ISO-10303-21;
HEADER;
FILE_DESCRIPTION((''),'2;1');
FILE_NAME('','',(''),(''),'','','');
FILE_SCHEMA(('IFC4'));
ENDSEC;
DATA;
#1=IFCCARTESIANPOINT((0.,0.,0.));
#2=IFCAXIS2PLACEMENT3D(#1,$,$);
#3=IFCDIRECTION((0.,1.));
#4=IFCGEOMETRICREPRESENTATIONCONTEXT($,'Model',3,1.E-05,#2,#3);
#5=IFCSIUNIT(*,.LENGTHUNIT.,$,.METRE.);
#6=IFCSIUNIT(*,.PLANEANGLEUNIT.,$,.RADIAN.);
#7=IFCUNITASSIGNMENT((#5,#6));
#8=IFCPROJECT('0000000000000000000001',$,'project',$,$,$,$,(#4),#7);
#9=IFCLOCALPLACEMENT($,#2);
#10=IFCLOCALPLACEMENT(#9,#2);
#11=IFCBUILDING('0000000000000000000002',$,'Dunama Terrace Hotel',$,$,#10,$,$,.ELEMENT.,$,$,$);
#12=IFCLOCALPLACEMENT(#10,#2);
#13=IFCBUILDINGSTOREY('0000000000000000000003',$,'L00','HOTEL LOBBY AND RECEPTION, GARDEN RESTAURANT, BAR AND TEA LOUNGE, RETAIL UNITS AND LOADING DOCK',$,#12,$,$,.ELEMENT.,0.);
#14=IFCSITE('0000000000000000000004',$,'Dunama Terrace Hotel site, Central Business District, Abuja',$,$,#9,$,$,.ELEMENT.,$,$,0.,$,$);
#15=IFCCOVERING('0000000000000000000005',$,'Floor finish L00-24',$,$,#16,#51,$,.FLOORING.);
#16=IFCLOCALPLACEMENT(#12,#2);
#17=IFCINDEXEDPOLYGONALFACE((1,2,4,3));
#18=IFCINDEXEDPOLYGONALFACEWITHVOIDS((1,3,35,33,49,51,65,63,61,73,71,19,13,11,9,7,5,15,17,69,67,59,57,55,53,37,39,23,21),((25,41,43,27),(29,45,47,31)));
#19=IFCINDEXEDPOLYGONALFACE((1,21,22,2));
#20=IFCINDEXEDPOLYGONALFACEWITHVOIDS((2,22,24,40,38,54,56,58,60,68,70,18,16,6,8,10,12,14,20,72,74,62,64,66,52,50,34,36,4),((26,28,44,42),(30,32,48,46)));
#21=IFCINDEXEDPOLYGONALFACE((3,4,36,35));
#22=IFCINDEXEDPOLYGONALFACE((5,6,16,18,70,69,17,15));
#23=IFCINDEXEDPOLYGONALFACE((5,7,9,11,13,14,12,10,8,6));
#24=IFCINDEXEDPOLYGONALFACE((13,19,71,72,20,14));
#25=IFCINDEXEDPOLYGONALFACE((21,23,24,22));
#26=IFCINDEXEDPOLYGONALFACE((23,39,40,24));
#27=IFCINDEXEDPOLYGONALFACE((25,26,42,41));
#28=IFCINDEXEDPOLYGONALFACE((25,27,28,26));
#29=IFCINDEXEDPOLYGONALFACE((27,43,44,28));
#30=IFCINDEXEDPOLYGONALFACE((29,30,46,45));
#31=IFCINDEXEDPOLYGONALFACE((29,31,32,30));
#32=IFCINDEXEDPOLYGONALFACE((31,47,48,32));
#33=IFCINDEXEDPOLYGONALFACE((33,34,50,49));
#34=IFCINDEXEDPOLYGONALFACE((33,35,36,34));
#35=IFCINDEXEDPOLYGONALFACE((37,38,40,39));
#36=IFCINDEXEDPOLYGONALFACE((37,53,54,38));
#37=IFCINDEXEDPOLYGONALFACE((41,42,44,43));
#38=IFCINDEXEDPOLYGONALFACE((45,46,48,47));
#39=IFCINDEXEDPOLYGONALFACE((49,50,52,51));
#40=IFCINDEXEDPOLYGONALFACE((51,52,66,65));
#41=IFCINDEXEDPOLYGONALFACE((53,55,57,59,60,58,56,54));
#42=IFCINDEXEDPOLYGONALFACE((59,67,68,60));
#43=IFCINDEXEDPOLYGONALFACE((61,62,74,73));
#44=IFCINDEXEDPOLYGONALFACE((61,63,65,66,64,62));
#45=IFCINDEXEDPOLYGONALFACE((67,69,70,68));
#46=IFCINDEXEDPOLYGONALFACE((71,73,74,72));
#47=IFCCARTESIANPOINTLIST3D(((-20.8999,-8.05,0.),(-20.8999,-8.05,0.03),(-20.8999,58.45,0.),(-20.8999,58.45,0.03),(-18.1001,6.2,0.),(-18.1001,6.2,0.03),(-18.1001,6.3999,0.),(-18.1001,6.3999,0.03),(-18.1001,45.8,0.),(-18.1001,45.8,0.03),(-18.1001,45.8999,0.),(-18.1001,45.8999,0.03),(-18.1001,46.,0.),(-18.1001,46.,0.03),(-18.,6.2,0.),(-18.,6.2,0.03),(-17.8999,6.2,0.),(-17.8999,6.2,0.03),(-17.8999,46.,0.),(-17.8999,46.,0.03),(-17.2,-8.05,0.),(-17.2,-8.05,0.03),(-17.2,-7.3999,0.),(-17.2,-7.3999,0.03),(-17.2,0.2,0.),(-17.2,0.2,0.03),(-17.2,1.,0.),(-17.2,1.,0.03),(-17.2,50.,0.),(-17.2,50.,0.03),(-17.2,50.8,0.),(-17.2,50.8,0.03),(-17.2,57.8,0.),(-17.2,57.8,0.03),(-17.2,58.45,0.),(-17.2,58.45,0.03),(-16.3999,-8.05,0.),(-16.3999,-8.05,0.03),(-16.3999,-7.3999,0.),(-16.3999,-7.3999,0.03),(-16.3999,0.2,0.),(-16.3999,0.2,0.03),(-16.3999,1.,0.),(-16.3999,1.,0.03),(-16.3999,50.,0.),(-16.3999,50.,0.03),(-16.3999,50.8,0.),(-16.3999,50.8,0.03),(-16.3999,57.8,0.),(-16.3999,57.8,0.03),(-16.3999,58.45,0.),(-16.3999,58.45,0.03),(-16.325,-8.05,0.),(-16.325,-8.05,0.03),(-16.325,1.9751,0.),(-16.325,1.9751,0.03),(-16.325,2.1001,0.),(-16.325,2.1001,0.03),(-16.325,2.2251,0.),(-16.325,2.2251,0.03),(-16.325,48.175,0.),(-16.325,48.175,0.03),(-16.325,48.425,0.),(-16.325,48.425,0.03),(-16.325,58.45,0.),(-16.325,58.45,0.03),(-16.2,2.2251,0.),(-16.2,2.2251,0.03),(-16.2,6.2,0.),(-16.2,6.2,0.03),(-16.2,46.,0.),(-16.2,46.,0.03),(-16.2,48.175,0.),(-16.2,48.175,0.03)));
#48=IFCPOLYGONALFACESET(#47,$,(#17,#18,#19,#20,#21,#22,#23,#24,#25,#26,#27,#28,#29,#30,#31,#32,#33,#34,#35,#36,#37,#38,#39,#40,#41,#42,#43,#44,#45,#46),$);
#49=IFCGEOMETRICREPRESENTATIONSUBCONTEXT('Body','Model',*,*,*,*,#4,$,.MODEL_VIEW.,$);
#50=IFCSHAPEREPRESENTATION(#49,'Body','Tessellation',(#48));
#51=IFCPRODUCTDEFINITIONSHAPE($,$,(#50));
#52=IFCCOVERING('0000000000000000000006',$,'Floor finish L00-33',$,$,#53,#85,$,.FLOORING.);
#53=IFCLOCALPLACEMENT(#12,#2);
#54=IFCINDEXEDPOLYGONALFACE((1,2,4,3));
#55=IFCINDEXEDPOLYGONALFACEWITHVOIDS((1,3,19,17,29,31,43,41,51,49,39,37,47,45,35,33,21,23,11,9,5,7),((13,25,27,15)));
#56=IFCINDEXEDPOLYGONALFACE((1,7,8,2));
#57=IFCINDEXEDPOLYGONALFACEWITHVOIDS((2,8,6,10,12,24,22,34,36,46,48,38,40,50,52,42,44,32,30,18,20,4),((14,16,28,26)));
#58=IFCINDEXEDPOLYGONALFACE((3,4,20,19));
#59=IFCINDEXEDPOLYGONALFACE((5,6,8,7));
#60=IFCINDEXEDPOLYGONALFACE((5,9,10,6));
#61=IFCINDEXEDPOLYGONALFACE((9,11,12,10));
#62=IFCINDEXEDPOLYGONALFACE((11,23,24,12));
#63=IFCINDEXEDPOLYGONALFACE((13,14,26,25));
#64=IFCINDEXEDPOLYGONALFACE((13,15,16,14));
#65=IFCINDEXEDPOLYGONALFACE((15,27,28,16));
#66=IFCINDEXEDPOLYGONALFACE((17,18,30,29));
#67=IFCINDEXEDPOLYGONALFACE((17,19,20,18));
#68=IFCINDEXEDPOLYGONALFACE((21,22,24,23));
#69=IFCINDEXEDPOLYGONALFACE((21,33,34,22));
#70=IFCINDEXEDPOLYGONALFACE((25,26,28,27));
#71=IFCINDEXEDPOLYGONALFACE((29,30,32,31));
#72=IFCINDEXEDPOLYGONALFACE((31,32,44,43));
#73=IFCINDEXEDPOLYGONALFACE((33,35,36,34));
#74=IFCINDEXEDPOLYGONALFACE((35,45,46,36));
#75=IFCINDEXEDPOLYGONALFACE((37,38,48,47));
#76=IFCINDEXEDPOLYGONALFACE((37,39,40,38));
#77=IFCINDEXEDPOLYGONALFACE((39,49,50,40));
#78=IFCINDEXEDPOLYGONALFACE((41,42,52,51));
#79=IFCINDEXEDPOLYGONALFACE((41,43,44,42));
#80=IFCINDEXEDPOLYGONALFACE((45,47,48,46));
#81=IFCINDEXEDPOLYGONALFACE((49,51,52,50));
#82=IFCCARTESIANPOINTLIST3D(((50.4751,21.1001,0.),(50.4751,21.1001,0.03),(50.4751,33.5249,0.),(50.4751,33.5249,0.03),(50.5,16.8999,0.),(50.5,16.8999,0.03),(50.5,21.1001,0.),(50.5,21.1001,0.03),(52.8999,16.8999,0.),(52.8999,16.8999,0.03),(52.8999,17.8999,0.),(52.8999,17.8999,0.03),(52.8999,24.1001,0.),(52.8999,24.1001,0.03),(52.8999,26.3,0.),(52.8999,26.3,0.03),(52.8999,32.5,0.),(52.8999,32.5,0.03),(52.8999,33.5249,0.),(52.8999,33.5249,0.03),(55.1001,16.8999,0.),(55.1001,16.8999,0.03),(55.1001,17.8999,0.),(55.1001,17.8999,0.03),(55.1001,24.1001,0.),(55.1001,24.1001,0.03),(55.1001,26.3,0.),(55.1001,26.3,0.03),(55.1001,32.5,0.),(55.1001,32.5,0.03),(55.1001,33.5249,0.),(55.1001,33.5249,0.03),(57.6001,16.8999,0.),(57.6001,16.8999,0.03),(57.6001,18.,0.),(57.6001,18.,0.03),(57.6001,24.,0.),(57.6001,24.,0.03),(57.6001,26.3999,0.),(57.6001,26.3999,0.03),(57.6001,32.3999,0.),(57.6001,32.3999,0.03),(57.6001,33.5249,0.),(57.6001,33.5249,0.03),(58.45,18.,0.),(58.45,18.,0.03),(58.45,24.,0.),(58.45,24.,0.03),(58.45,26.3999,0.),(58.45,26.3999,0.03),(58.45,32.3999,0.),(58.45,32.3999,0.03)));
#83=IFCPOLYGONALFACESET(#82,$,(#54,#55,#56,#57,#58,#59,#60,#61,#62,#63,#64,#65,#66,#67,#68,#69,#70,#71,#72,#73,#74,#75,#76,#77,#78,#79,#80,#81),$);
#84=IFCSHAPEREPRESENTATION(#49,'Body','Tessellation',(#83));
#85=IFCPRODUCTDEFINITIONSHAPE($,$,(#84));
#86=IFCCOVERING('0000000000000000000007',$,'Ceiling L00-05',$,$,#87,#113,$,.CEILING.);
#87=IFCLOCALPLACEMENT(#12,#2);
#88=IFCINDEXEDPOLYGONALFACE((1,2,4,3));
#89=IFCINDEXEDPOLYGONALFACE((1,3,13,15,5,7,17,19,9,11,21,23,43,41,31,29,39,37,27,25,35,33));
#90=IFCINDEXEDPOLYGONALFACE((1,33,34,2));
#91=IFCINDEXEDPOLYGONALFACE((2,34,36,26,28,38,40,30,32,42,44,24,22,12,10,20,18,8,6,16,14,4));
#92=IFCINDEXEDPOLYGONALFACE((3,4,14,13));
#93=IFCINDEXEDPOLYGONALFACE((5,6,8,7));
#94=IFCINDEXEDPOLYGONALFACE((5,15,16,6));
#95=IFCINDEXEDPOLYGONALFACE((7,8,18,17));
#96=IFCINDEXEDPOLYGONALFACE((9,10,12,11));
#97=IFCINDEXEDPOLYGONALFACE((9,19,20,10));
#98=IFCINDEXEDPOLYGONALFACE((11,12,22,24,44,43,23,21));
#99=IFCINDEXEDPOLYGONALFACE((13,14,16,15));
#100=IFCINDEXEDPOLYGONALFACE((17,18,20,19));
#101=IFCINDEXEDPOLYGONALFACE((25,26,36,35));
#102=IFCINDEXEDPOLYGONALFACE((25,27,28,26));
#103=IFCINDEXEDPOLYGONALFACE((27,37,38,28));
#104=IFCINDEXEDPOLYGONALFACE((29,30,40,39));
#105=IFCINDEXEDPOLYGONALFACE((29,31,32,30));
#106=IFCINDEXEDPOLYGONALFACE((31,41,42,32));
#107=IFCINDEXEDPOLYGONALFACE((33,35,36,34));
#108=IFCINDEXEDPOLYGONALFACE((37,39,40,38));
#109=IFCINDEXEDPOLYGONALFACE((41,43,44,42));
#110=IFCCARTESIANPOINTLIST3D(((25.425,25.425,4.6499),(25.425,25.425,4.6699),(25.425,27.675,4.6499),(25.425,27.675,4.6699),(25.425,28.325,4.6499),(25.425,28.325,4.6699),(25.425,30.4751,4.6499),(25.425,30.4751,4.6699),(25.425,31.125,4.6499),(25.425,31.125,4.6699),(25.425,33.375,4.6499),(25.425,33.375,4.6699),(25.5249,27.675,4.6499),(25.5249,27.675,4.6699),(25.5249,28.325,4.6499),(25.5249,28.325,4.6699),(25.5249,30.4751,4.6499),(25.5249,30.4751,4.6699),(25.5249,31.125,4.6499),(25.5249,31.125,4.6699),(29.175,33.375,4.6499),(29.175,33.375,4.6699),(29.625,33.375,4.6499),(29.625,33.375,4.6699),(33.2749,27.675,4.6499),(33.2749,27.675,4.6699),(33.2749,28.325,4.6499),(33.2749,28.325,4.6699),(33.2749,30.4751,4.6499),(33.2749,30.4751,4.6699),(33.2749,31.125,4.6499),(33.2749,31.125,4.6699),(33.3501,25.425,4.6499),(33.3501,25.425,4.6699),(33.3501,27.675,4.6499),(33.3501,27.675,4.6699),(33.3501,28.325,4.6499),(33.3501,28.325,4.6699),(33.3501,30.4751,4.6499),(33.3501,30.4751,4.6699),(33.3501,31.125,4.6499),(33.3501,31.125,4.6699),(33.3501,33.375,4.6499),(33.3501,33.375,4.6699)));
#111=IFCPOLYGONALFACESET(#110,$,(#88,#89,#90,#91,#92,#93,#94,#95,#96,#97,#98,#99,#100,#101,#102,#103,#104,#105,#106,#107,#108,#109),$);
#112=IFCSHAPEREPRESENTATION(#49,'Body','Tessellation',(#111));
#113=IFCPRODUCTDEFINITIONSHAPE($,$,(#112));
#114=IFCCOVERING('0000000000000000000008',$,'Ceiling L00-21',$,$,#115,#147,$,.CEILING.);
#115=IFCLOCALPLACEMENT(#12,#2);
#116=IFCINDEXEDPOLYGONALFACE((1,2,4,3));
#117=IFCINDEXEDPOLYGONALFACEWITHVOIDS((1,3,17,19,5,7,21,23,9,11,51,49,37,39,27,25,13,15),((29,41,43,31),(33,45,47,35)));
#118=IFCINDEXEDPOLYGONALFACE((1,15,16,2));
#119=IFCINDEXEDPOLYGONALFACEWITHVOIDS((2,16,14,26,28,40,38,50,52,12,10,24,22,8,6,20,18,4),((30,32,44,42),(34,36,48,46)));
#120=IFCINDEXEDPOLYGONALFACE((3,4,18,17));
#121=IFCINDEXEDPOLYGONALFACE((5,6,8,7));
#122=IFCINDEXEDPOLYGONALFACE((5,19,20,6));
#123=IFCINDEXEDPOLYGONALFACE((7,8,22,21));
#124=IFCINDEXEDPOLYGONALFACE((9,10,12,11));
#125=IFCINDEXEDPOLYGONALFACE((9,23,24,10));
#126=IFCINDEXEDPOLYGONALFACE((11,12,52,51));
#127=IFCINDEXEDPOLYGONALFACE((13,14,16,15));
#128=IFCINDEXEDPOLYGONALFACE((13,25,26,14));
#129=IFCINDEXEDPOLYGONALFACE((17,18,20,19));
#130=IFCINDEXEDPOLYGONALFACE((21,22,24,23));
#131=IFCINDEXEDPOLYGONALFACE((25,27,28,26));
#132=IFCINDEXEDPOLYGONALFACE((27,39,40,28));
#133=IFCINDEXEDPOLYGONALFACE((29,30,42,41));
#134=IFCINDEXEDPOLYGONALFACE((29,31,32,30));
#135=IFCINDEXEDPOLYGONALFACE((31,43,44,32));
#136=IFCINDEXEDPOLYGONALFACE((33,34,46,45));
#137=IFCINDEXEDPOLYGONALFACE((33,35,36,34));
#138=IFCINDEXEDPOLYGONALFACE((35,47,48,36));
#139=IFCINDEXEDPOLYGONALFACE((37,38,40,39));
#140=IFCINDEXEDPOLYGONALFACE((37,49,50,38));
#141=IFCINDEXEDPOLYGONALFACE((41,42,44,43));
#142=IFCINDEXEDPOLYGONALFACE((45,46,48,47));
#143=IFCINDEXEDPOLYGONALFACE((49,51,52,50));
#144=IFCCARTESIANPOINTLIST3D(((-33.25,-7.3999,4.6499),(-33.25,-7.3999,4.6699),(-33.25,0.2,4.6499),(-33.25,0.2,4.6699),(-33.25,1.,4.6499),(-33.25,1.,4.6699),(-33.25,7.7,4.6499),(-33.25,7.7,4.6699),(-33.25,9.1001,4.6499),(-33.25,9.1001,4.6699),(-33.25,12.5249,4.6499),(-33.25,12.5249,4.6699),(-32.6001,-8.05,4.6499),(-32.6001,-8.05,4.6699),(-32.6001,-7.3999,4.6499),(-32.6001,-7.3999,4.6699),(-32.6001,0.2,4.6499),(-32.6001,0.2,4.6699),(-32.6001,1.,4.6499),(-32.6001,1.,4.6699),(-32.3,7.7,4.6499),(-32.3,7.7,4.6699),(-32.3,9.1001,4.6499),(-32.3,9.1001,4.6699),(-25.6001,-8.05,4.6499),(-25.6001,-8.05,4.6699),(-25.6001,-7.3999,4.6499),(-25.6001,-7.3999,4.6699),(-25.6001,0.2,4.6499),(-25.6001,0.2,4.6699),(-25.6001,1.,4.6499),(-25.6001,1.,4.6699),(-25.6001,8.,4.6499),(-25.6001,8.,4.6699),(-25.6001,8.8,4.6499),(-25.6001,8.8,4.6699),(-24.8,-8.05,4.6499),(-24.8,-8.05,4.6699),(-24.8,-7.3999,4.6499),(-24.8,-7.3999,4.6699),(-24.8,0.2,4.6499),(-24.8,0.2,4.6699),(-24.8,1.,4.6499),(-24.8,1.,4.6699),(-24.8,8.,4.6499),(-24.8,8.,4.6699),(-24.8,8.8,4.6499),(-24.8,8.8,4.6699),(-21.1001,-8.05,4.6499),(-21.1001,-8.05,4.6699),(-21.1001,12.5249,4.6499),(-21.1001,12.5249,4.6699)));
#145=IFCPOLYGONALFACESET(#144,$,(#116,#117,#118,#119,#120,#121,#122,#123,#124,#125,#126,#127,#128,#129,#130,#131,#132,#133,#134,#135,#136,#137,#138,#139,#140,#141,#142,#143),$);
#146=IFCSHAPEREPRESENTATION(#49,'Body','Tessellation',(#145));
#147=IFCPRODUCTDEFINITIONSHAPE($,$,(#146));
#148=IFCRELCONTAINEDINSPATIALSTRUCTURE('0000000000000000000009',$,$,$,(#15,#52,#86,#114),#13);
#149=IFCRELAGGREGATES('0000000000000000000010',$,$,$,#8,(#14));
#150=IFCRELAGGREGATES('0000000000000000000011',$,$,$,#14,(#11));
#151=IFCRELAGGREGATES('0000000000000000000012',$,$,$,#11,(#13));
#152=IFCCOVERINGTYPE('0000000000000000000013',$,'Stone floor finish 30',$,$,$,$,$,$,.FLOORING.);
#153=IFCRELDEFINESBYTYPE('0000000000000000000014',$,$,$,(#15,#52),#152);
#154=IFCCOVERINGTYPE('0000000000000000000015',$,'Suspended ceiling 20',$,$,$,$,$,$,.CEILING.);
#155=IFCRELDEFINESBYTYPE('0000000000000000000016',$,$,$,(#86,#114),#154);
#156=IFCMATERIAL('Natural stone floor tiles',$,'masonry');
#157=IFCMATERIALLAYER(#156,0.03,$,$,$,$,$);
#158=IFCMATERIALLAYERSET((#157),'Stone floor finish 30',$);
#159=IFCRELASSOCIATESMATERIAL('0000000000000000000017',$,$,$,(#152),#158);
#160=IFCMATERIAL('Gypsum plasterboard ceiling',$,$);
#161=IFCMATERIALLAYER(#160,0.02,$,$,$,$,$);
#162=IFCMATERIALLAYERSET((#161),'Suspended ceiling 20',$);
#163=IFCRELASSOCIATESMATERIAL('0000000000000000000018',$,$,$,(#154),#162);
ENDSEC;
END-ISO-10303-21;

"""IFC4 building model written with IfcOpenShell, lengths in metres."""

from ifc_helpers import new_model, si_unit, direction, frame, origin, place, context, subcontext, project, spatial, polyline, outline, extrude, material, layer, layer_set, type_object, element, save


model = new_model("IFC4")

# Units and contexts
model_context = context("Model", 3, precision=1e-05, world=origin(), true_north=direction((0.0, 1.0)))
body_context = subcontext(model_context, "Body", "Model", "MODEL_VIEW")
ifc_project = project(units=[si_unit("LENGTHUNIT", "METRE"), si_unit("PLANEANGLEUNIT", "RADIAN")], contexts=[model_context])

# Site, building, storey
site_placement = place(None, origin())
site = spatial("IfcSite", under=ifc_project, at=site_placement, Name="Dunama Terrace Hotel site, Central Business District, Abuja", CompositionType="ELEMENT", RefElevation=0.0)
building_placement = place(site_placement, origin())
building = spatial("IfcBuilding", under=site, at=building_placement, Name="Dunama Terrace Hotel", CompositionType="ELEMENT")
storey_placement = place(building_placement, origin())
storey = spatial("IfcBuildingStorey", under=building, at=storey_placement, Name="L00", Description="HOTEL LOBBY AND RECEPTION, GARDEN RESTAURANT, BAR AND TEA LOUNGE, RETAIL UNITS AND LOADING DOCK", CompositionType="ELEMENT", Elevation=0.0)

# Coverings
ifc_material_1 = material(Name="Natural stone floor tiles", Category="masonry")
ifc_layer_1 = layer(ifc_material_1, 0.03)
ifc_layer_set_1 = layer_set([ifc_layer_1], Name="Stone floor finish 30")
covering_type_1 = type_object("IfcCoveringType", Name="Stone floor finish 30", PredefinedType="FLOORING", material=ifc_layer_set_1)
covering_1_placement = place(storey_placement, origin())
element("IfcCovering", 1, at=covering_1_placement, inside=storey, type_object=covering_type_1, Name="Floor finish L00-24", PredefinedType="FLOORING", context=body_context, shape_type="SweptSolid", body=[
    extrude(outline(polyline([(-16.2, 46.0), (-16.2, 48.175), (-16.325, 48.175), (-16.325, 48.425), (-16.325, 58.45), (-16.3999, 58.45), (-16.3999, 57.8), (-17.2, 57.8), (-17.2, 58.45), (-20.8999, 58.45), (-20.8999, -8.05), (-17.2, -8.05), (-17.2, -7.3999), (-16.3999, -7.3999), (-16.3999, -8.05), (-16.325, -8.05), (-16.325, 1.9751), (-16.325, 2.1001), (-16.325, 2.2251), (-16.2, 2.2251), (-16.2, 6.2), (-17.8999, 6.2), (-18.0, 6.2), (-18.1001, 6.2), (-18.1001, 6.3999), (-18.1001, 45.8), (-18.1001, 45.8999), (-18.1001, 46.0), (-17.8999, 46.0), (-16.2, 46.0)]), holes=[polyline([(-16.3999, 1.0), (-16.3999, 0.2), (-17.2, 0.2), (-17.2, 1.0), (-16.3999, 1.0)]), polyline([(-16.3999, 50.8), (-16.3999, 50.0), (-17.2, 50.0), (-17.2, 50.8), (-16.3999, 50.8)])]), origin(), (0.0, 0.0, 1.0), 0.03),
])
covering_2_placement = place(storey_placement, origin())
element("IfcCovering", 2, at=covering_2_placement, inside=storey, type_object=covering_type_1, Name="Floor finish L00-33", PredefinedType="FLOORING", context=body_context, shape_type="SweptSolid", body=[
    extrude(outline(polyline([(52.8999, 17.8999), (55.1001, 17.8999), (55.1001, 16.8999), (57.6001, 16.8999), (57.6001, 18.0), (58.45, 18.0), (58.45, 24.0), (57.6001, 24.0), (57.6001, 26.3999), (58.45, 26.3999), (58.45, 32.3999), (57.6001, 32.3999), (57.6001, 33.5249), (55.1001, 33.5249), (55.1001, 32.5), (52.8999, 32.5), (52.8999, 33.5249), (50.4751, 33.5249), (50.4751, 21.1001), (50.5, 21.1001), (50.5, 16.8999), (52.8999, 16.8999), (52.8999, 17.8999)]), holes=[polyline([(55.1001, 26.3), (55.1001, 24.1001), (52.8999, 24.1001), (52.8999, 26.3), (55.1001, 26.3)])]), origin(), (0.0, 0.0, 1.0), 0.03),
])
ifc_material_2 = material(Name="Gypsum plasterboard ceiling")
ifc_layer_2 = layer(ifc_material_2, 0.02)
ifc_layer_set_2 = layer_set([ifc_layer_2], Name="Suspended ceiling 20")
covering_type_2 = type_object("IfcCoveringType", Name="Suspended ceiling 20", PredefinedType="CEILING", material=ifc_layer_set_2)
covering_3_placement = place(storey_placement, frame((0.0, 0.0, 4.6499)))
element("IfcCovering", 3, at=covering_3_placement, inside=storey, type_object=covering_type_2, Name="Ceiling L00-05", PredefinedType="CEILING", context=body_context, shape_type="SweptSolid", body=[
    extrude(outline(polyline([(33.3501, 33.375), (29.625, 33.375), (29.175, 33.375), (25.425, 33.375), (25.425, 31.125), (25.5249, 31.125), (25.5249, 30.4751), (25.425, 30.4751), (25.425, 28.325), (25.5249, 28.325), (25.5249, 27.675), (25.425, 27.675), (25.425, 25.425), (33.3501, 25.425), (33.3501, 27.675), (33.2749, 27.675), (33.2749, 28.325), (33.3501, 28.325), (33.3501, 30.4751), (33.2749, 30.4751), (33.2749, 31.125), (33.3501, 31.125), (33.3501, 33.375)])), origin(), (0.0, 0.0, 1.0), 0.02),
])
covering_4_placement = place(storey_placement, frame((0.0, 0.0, 4.6499)))
element("IfcCovering", 4, at=covering_4_placement, inside=storey, type_object=covering_type_2, Name="Ceiling L00-21", PredefinedType="CEILING", context=body_context, shape_type="SweptSolid", body=[
    extrude(outline(polyline([(-21.1001, -8.05), (-21.1001, 12.5249), (-33.25, 12.5249), (-33.25, 9.1001), (-32.3, 9.1001), (-32.3, 7.7), (-33.25, 7.7), (-33.25, 1.0), (-32.6001, 1.0), (-32.6001, 0.2), (-33.25, 0.2), (-33.25, -7.3999), (-32.6001, -7.3999), (-32.6001, -8.05), (-25.6001, -8.05), (-25.6001, -7.3999), (-24.8, -7.3999), (-24.8, -8.05), (-21.1001, -8.05)]), holes=[polyline([(-25.6001, 1.0), (-24.8, 1.0), (-24.8, 0.2), (-25.6001, 0.2), (-25.6001, 1.0)]), polyline([(-25.6001, 8.8), (-24.8, 8.8), (-24.8, 8.0), (-25.6001, 8.0), (-25.6001, 8.8)])]), origin(), (0.0, 0.0, 1.0), 0.02),
])

save(model, "model.ifc")
